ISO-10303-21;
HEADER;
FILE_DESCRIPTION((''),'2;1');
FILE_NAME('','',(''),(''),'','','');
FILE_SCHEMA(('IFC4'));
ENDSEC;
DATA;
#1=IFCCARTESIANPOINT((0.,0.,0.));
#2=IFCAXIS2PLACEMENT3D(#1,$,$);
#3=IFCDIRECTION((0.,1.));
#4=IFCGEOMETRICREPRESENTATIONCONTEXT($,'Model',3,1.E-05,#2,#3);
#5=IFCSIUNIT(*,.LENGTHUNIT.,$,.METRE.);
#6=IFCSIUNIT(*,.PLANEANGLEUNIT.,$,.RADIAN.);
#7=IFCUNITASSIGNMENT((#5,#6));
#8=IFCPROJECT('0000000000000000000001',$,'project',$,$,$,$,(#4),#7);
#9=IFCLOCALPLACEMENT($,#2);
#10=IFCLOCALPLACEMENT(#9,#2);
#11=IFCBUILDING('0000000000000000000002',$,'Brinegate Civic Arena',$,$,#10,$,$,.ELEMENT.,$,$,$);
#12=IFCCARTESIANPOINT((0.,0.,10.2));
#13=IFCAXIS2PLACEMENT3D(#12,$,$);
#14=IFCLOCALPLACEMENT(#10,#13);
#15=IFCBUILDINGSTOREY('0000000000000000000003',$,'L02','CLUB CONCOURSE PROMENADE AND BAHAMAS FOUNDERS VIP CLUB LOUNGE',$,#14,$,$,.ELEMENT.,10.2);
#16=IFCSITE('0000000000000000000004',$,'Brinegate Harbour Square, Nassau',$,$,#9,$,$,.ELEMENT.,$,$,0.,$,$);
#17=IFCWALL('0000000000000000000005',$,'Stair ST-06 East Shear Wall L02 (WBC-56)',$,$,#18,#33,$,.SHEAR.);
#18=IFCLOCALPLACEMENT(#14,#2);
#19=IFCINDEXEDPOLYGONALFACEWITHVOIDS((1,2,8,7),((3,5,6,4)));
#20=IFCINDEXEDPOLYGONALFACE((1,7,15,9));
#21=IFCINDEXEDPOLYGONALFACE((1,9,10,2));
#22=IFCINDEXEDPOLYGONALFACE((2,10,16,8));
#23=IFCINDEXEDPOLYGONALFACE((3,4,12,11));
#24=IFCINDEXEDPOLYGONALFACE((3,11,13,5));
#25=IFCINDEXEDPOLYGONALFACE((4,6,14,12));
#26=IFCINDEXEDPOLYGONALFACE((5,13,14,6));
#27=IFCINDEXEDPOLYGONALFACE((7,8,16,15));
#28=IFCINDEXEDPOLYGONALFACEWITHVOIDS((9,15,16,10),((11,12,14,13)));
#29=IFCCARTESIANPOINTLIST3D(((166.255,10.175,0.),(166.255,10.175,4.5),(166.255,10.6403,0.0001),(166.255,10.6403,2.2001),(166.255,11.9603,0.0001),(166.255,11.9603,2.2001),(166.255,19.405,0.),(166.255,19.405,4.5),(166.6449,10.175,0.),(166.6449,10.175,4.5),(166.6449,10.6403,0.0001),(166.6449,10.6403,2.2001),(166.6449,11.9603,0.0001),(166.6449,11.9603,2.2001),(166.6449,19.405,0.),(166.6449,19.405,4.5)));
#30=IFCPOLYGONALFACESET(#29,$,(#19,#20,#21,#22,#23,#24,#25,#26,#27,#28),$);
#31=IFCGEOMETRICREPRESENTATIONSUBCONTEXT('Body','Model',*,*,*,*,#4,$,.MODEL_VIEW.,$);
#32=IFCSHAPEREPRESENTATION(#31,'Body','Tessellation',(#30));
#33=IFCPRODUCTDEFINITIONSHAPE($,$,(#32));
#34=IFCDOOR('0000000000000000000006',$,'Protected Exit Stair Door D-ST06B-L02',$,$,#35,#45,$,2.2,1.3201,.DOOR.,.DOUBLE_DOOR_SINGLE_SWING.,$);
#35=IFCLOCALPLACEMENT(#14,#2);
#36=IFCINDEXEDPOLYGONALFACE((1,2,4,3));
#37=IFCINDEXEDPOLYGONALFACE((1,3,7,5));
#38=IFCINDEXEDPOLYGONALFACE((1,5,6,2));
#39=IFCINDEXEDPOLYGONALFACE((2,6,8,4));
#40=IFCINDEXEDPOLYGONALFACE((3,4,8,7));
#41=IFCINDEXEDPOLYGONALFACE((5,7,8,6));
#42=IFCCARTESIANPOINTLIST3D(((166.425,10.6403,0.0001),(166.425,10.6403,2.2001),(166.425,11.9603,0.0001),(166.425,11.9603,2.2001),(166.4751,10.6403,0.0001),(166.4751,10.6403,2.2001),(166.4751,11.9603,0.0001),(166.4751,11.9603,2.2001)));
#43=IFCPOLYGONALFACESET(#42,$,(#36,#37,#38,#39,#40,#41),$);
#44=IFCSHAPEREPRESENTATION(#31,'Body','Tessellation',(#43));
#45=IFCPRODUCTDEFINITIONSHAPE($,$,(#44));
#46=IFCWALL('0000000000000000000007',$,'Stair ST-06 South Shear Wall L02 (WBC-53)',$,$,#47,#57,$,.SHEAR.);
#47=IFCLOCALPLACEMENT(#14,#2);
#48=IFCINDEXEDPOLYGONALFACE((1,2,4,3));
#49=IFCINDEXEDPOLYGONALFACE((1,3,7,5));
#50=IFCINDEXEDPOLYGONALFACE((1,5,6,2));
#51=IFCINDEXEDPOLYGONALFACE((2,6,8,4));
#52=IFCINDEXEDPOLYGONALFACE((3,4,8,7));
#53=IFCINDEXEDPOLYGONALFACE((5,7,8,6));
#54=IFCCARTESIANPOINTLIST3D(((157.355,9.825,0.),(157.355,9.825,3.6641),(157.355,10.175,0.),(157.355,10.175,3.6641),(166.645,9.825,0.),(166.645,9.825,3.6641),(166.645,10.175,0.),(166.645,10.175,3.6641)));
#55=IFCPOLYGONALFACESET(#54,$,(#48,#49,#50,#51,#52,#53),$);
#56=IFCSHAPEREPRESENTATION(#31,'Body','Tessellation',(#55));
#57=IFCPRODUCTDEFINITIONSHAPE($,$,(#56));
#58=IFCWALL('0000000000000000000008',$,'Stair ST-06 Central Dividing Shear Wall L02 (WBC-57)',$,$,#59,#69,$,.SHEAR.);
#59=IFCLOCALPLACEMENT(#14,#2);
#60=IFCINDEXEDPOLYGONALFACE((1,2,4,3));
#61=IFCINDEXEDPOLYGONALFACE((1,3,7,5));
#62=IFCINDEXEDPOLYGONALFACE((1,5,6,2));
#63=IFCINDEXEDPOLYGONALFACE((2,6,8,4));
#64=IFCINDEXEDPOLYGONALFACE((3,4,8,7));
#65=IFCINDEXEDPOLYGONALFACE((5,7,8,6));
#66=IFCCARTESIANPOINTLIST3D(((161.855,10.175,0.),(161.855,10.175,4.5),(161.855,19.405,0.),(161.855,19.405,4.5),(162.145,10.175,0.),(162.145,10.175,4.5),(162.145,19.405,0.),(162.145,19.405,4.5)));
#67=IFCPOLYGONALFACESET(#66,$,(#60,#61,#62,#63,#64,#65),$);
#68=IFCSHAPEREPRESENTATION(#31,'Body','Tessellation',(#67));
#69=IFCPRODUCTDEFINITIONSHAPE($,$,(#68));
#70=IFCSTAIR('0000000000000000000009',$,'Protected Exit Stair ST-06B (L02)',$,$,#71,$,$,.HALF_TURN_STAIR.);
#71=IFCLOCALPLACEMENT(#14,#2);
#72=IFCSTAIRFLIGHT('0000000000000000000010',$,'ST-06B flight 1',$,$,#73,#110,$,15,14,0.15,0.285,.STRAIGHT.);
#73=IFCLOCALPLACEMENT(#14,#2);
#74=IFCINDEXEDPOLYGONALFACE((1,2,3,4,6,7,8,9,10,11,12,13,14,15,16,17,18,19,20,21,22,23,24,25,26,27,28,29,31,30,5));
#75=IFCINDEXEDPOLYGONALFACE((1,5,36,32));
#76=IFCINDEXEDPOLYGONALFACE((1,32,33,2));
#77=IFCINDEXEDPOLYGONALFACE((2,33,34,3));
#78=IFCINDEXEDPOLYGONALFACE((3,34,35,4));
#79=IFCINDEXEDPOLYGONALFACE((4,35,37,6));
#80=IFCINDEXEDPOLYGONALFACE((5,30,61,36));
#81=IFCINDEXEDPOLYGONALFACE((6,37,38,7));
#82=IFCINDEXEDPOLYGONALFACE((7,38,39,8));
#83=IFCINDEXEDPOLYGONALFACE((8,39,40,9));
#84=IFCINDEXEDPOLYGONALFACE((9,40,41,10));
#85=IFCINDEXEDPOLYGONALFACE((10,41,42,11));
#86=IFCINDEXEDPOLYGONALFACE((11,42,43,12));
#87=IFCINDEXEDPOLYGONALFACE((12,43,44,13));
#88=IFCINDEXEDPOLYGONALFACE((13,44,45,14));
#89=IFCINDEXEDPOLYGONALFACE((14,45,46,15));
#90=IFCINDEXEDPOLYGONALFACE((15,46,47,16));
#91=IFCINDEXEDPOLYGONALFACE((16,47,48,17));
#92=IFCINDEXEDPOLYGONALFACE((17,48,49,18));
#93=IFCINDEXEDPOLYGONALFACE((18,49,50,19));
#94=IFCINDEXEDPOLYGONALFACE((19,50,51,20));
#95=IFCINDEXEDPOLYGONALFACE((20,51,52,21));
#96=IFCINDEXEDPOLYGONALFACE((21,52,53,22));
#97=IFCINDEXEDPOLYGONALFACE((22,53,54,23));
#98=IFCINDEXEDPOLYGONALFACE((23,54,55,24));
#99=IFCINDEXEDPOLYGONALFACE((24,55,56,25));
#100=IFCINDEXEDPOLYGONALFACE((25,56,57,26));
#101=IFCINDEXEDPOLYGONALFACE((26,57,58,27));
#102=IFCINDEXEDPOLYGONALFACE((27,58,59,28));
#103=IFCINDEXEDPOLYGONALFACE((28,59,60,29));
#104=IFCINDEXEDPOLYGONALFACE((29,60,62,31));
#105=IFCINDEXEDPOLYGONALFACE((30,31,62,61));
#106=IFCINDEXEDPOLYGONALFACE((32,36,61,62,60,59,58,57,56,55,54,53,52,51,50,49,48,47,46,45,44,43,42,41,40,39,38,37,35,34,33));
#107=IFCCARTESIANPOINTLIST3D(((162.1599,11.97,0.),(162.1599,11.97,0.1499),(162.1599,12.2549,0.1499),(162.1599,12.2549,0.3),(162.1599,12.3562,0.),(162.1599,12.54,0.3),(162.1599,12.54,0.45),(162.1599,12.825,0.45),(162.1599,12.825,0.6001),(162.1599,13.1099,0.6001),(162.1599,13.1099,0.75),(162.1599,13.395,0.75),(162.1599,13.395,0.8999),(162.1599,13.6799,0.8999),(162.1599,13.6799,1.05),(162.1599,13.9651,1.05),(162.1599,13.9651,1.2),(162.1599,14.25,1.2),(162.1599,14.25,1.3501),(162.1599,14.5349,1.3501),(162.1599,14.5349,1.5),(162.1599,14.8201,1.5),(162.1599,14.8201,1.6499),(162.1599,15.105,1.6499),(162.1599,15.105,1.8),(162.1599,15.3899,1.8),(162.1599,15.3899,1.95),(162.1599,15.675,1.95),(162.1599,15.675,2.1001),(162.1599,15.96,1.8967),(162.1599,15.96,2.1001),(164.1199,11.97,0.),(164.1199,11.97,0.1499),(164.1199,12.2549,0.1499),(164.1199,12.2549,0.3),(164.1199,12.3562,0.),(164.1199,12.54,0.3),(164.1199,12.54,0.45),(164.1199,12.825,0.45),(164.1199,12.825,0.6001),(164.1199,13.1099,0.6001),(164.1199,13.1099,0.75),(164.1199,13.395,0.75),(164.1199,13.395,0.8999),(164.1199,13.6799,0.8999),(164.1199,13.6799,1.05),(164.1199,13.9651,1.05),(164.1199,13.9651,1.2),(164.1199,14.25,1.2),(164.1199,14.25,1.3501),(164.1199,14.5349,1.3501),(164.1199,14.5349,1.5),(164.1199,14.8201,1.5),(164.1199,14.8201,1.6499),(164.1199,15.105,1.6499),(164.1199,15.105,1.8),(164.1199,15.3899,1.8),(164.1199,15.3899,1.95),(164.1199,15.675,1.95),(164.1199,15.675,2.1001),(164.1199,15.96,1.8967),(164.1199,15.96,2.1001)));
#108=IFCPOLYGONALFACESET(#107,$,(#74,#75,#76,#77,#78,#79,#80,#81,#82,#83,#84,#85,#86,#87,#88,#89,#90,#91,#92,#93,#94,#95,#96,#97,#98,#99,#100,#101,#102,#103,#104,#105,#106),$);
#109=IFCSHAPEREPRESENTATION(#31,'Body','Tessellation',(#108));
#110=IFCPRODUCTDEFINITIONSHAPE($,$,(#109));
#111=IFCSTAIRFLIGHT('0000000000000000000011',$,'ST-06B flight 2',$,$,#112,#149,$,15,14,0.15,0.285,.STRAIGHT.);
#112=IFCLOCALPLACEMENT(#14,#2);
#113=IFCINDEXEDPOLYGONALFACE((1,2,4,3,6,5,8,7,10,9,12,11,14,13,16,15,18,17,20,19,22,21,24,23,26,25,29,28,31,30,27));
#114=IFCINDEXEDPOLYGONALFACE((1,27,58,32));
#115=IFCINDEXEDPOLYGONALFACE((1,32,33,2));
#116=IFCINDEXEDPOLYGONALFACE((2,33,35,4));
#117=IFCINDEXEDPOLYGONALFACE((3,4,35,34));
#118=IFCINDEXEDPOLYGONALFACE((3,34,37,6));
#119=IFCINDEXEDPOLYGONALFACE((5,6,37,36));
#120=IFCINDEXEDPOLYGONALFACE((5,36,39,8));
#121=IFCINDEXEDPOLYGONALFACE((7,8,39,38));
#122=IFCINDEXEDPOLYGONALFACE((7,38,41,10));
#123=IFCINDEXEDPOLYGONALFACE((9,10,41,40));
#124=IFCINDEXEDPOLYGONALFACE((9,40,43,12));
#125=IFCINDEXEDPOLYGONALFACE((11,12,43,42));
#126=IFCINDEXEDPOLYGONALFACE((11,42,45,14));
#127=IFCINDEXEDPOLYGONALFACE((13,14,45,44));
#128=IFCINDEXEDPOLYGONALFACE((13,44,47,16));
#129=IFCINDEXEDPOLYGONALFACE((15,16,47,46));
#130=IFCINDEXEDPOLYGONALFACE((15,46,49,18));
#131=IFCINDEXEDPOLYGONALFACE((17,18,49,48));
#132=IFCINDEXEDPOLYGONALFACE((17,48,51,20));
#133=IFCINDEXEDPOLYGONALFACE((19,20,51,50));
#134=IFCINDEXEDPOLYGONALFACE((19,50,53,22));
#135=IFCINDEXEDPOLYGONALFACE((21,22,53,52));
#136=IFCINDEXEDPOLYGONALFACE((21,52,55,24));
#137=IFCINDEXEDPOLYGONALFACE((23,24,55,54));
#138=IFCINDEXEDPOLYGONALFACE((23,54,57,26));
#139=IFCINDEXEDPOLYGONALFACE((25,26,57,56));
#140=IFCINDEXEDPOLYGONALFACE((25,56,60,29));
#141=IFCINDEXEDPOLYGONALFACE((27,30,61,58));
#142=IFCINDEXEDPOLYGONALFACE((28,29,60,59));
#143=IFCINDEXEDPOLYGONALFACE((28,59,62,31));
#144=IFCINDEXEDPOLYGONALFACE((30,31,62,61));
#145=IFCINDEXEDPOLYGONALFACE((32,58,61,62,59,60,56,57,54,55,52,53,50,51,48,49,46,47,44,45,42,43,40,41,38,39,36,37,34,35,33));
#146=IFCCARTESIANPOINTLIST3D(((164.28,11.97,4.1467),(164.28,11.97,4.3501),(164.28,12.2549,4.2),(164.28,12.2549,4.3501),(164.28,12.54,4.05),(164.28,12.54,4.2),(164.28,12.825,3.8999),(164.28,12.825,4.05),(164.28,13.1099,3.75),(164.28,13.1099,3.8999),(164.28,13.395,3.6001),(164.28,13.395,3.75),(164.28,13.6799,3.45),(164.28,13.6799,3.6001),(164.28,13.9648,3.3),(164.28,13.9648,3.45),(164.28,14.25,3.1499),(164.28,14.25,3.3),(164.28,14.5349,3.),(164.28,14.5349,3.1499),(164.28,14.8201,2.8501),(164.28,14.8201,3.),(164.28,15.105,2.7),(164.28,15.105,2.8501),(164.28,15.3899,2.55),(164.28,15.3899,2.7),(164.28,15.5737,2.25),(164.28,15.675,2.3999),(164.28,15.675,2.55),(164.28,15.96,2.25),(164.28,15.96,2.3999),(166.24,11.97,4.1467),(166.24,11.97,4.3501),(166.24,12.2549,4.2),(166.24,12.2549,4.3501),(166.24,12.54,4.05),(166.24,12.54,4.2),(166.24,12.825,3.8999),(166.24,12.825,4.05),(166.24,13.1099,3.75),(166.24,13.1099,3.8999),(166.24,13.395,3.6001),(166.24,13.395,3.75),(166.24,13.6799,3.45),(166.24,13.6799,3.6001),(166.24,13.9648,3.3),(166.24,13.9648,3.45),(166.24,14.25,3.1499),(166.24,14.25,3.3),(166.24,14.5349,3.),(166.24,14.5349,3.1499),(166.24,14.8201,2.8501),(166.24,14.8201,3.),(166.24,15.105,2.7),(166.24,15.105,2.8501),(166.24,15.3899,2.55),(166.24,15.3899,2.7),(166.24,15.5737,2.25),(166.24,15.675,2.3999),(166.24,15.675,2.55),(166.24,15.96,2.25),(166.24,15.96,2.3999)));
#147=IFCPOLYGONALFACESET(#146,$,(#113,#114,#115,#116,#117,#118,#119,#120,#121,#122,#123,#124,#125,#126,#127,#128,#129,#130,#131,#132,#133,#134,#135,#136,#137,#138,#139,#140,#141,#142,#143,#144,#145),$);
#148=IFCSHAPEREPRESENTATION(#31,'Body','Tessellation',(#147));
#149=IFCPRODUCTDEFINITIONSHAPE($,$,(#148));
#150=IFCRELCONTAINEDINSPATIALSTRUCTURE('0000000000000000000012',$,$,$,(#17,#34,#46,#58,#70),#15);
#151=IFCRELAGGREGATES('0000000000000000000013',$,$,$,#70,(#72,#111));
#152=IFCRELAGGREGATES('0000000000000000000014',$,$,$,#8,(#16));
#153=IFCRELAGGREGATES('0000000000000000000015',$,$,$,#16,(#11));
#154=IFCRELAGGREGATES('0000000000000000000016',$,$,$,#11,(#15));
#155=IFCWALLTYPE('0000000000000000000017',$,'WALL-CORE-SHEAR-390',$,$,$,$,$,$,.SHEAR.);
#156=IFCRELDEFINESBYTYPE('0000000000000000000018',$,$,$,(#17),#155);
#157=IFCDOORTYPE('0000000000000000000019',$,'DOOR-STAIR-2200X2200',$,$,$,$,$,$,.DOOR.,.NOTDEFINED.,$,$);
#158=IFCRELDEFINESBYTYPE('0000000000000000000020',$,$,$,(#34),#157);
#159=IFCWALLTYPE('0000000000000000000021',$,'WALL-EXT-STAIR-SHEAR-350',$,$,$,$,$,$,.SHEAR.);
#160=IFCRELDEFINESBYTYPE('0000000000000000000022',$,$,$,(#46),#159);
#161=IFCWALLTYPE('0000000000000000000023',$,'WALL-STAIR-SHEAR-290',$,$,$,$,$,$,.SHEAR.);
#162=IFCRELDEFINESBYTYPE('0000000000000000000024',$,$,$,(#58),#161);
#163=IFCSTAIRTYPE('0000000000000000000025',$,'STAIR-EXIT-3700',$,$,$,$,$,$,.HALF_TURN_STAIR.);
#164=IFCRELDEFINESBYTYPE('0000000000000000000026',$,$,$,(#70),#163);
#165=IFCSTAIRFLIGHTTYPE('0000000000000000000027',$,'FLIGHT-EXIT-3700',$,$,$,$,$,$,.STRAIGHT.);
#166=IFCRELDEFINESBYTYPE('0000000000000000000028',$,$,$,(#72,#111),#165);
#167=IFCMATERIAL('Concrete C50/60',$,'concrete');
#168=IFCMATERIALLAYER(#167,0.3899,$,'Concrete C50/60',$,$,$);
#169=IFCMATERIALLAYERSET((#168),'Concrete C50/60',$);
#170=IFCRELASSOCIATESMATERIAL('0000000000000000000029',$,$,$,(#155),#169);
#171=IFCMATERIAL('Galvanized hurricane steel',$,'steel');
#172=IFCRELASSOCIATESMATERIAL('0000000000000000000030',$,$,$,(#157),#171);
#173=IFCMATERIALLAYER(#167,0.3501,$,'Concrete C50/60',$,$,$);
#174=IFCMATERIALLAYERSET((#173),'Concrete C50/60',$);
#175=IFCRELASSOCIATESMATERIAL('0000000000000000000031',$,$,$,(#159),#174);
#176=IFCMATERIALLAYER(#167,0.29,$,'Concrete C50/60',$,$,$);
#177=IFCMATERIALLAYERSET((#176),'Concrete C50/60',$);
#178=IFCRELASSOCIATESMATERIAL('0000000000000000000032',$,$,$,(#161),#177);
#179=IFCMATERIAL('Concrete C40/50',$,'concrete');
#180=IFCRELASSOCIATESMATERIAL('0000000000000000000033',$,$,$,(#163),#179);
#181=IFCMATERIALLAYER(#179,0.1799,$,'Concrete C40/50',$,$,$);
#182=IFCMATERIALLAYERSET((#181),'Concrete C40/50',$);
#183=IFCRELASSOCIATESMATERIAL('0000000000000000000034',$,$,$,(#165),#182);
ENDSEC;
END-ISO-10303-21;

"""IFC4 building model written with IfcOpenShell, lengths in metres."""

from ifc_helpers import new_model, si_unit, direction, frame, frame_2d, origin, place, context, subcontext, project, spatial, polyline, rectangle, outline, extrude, material, layer, layer_set, type_object, element, fill, aggregate, save


model = new_model("IFC4")

# Units and contexts
model_context = context("Model", 3, precision=1e-05, world=origin(), true_north=direction((0.0, 1.0)))
body_context = subcontext(model_context, "Body", "Model", "MODEL_VIEW")
ifc_project = project(units=[si_unit("LENGTHUNIT", "METRE"), si_unit("PLANEANGLEUNIT", "RADIAN")], contexts=[model_context])

# Site, building, storey
site_placement = place(None, origin())
site = spatial("IfcSite", under=ifc_project, at=site_placement, Name="Brinegate Harbour Square, Nassau", CompositionType="ELEMENT", RefElevation=0.0)
building_placement = place(site_placement, origin())
building = spatial("IfcBuilding", under=site, at=building_placement, Name="Brinegate Civic Arena", CompositionType="ELEMENT")
storey_placement = place(building_placement, frame((0.0, 0.0, 10.2)))
storey = spatial("IfcBuildingStorey", under=building, at=storey_placement, Name="L02", Description="CLUB CONCOURSE PROMENADE AND BAHAMAS FOUNDERS VIP CLUB LOUNGE", CompositionType="ELEMENT", Elevation=10.2)

# Shared definitions
ifc_material_1 = material(Name="Concrete C50/60", Category="concrete")

# Shared definitions
ifc_layer_1 = layer(ifc_material_1, 0.3899, Name="Concrete C50/60")
ifc_layer_set_1 = layer_set([ifc_layer_1], Name="Concrete C50/60")
wall_type_1 = type_object("IfcWallType", Name="WALL-CORE-SHEAR-390", PredefinedType="SHEAR", material=ifc_layer_set_1)

# Wall, opening, door
ifc_material_2 = material(Name="Galvanized hurricane steel", Category="steel")
wall_1_placement = place(storey_placement, frame((166.45, 10.175, 0.0), z_axis=(0.0, 0.0, 1.0), x_axis=(0.0, 1.0, 0.0)))
wall_1 = element("IfcWall", 1, at=wall_1_placement, inside=storey, type_object=wall_type_1, Name="Stair ST-06 East Shear Wall L02 (WBC-56)", PredefinedType="SHEAR", context=body_context, shape_type="SweptSolid", body=[
    extrude(rectangle(XDim=9.23, YDim=0.3899, at=frame_2d((4.615, 0.0))), origin(), (0.0, 0.0, 1.0), 4.5),
])
opening_1_placement = place(wall_1_placement, frame((0.4651, 0.0, 0.0)))
opening_1 = element("IfcOpeningElement", 2, at=opening_1_placement, cuts=wall_1, PredefinedType="OPENING", context=body_context, shape_type="SweptSolid", body=[
    extrude(rectangle(XDim=1.3201, YDim=2.2, at=frame_2d((0.6602, 1.1001))), frame((0.0, 0.2048, 0.0), z_axis=(0.0, -1.0, 0.0), x_axis=(1.0, 0.0, 0.0)), (0.0, 0.0, 1.0), 0.4099),
])
door_type_1 = type_object("IfcDoorType", Name="DOOR-STAIR-2200X2200", OperationType="NOTDEFINED", PredefinedType="DOOR", material=ifc_material_2)
door_1_placement = place(opening_1_placement, origin())
door_1 = element("IfcDoor", 3, at=door_1_placement, inside=storey, type_object=door_type_1, Name="Protected Exit Stair Door D-ST06B-L02", OperationType="DOUBLE_DOOR_SINGLE_SWING", OverallHeight=2.2, OverallWidth=1.3201, PredefinedType="DOOR", context=body_context, shape_type="SweptSolid", body=[
    extrude(rectangle(XDim=1.3201, YDim=2.2, at=frame_2d((0.6602, 1.1001))), frame((0.0, 0.0249, 0.0), z_axis=(0.0, -1.0, 0.0), x_axis=(1.0, 0.0, 0.0)), (0.0, 0.0, 1.0), 0.05),
])
fill(opening_1, door_1)

# Walls
ifc_layer_2 = layer(ifc_material_1, 0.3501, Name="Concrete C50/60")
ifc_layer_set_2 = layer_set([ifc_layer_2], Name="Concrete C50/60")
wall_type_2 = type_object("IfcWallType", Name="WALL-EXT-STAIR-SHEAR-350", PredefinedType="SHEAR", material=ifc_layer_set_2)
wall_2_placement = place(storey_placement, frame((157.355, 10.0, 0.0), z_axis=(0.0, 0.0, 1.0), x_axis=(1.0, 0.0, 0.0)))
element("IfcWall", 4, at=wall_2_placement, inside=storey, type_object=wall_type_2, Name="Stair ST-06 South Shear Wall L02 (WBC-53)", PredefinedType="SHEAR", context=body_context, shape_type="SweptSolid", body=[
    extrude(rectangle(XDim=9.29, YDim=0.3501, at=frame_2d((4.645, 0.0))), origin(), (0.0, 0.0, 1.0), 3.6641),
])
ifc_layer_3 = layer(ifc_material_1, 0.29, Name="Concrete C50/60")
ifc_layer_set_3 = layer_set([ifc_layer_3], Name="Concrete C50/60")
wall_type_3 = type_object("IfcWallType", Name="WALL-STAIR-SHEAR-290", PredefinedType="SHEAR", material=ifc_layer_set_3)
wall_3_placement = place(storey_placement, frame((162.0, 10.175, 0.0), z_axis=(0.0, 0.0, 1.0), x_axis=(0.0, 1.0, 0.0)))
element("IfcWall", 5, at=wall_3_placement, inside=storey, type_object=wall_type_3, Name="Stair ST-06 Central Dividing Shear Wall L02 (WBC-57)", PredefinedType="SHEAR", context=body_context, shape_type="SweptSolid", body=[
    extrude(rectangle(XDim=9.23, YDim=0.29, at=frame_2d((4.615, 0.0))), origin(), (0.0, 0.0, 1.0), 4.5),
])

# Stair, stair flights
ifc_material_3 = material(Name="Concrete C40/50", Category="concrete")
stair_type_1 = type_object("IfcStairType", Name="STAIR-EXIT-3700", PredefinedType="HALF_TURN_STAIR", material=ifc_material_3)
stair_1_placement = place(storey_placement, origin())
stair_1 = element("IfcStair", 6, at=stair_1_placement, inside=storey, type_object=stair_type_1, Name="Protected Exit Stair ST-06B (L02)", PredefinedType="HALF_TURN_STAIR")
ifc_layer_4 = layer(ifc_material_3, 0.1799, Name="Concrete C40/50")
ifc_layer_set_4 = layer_set([ifc_layer_4], Name="Concrete C40/50")
stair_flight_type_1 = type_object("IfcStairFlightType", Name="FLIGHT-EXIT-3700", PredefinedType="STRAIGHT", material=ifc_layer_set_4)
stair_flight_1_placement = place(storey_placement, frame((163.1399, 11.97, 0.0), z_axis=(0.0, 0.0, 1.0), x_axis=(0.0, 1.0, 0.0)))
stair_flight_1 = element("IfcStairFlight", 7, at=stair_flight_1_placement, type_object=stair_flight_type_1, Name="ST-06B flight 1", NumberOfRisers=15, NumberOfTreads=14, PredefinedType="STRAIGHT", RiserHeight=0.15, TreadLength=0.285, context=body_context, shape_type="SweptSolid", body=[
    extrude(outline(polyline([(0.0, 0.0), (0.0, 0.1499), (0.2849, 0.1499), (0.2849, 0.3), (0.5701, 0.3), (0.5701, 0.45), (0.855, 0.45), (0.855, 0.6001), (1.1399, 0.6001), (1.1399, 0.75), (1.425, 0.75), (1.425, 0.8999), (1.71, 0.8999), (1.71, 1.05), (1.9951, 1.05), (1.9951, 1.2), (2.28, 1.2), (2.28, 1.3501), (2.5649, 1.3501), (2.5649, 1.5), (2.8501, 1.5), (2.8501, 1.6499), (3.135, 1.6499), (3.135, 1.8), (3.4199, 1.8), (3.4199, 1.95), (3.7051, 1.95), (3.7051, 2.1001), (3.99, 2.1001), (3.99, 2.25), (3.99, 1.8967), (0.3862, 0.0), (0.0, 0.0)])), frame((0.0, 0.98, 0.0), z_axis=(0.0, -1.0, 0.0), x_axis=(1.0, 0.0, 0.0)), (0.0, 0.0, 1.0), 1.96),
])
stair_flight_2_placement = place(storey_placement, frame((165.26, 15.96, 2.25), z_axis=(0.0, 0.0, 1.0), x_axis=(0.0, -1.0, 0.0)))
stair_flight_2 = element("IfcStairFlight", 8, at=stair_flight_2_placement, type_object=stair_flight_type_1, Name="ST-06B flight 2", NumberOfRisers=15, NumberOfTreads=14, PredefinedType="STRAIGHT", RiserHeight=0.15, TreadLength=0.285, context=body_context, shape_type="SweptSolid", body=[
    extrude(outline(polyline([(0.0, 0.0), (0.0, 0.1499), (0.2849, 0.1499), (0.2849, 0.3), (0.5701, 0.3), (0.5701, 0.45), (0.855, 0.45), (0.855, 0.6001), (1.1399, 0.6001), (1.1399, 0.75), (1.425, 0.75), (1.425, 0.8999), (1.71, 0.8999), (1.71, 1.05), (1.9951, 1.05), (1.9951, 1.2), (2.28, 1.2), (2.28, 1.3501), (2.5649, 1.3501), (2.5649, 1.5), (2.8501, 1.5), (2.8501, 1.6499), (3.135, 1.6499), (3.135, 1.8), (3.4199, 1.8), (3.4199, 1.95), (3.7051, 1.95), (3.7051, 2.1001), (3.99, 2.1001), (3.99, 2.25), (3.99, 1.8967), (0.3862, 0.0), (0.0, 0.0)])), frame((0.0, 0.98, 0.0), z_axis=(0.0, -1.0, 0.0), x_axis=(1.0, 0.0, 0.0)), (0.0, 0.0, 1.0), 1.96),
])
aggregate(stair_1, [stair_flight_1, stair_flight_2])

save(model, "model.ifc")
